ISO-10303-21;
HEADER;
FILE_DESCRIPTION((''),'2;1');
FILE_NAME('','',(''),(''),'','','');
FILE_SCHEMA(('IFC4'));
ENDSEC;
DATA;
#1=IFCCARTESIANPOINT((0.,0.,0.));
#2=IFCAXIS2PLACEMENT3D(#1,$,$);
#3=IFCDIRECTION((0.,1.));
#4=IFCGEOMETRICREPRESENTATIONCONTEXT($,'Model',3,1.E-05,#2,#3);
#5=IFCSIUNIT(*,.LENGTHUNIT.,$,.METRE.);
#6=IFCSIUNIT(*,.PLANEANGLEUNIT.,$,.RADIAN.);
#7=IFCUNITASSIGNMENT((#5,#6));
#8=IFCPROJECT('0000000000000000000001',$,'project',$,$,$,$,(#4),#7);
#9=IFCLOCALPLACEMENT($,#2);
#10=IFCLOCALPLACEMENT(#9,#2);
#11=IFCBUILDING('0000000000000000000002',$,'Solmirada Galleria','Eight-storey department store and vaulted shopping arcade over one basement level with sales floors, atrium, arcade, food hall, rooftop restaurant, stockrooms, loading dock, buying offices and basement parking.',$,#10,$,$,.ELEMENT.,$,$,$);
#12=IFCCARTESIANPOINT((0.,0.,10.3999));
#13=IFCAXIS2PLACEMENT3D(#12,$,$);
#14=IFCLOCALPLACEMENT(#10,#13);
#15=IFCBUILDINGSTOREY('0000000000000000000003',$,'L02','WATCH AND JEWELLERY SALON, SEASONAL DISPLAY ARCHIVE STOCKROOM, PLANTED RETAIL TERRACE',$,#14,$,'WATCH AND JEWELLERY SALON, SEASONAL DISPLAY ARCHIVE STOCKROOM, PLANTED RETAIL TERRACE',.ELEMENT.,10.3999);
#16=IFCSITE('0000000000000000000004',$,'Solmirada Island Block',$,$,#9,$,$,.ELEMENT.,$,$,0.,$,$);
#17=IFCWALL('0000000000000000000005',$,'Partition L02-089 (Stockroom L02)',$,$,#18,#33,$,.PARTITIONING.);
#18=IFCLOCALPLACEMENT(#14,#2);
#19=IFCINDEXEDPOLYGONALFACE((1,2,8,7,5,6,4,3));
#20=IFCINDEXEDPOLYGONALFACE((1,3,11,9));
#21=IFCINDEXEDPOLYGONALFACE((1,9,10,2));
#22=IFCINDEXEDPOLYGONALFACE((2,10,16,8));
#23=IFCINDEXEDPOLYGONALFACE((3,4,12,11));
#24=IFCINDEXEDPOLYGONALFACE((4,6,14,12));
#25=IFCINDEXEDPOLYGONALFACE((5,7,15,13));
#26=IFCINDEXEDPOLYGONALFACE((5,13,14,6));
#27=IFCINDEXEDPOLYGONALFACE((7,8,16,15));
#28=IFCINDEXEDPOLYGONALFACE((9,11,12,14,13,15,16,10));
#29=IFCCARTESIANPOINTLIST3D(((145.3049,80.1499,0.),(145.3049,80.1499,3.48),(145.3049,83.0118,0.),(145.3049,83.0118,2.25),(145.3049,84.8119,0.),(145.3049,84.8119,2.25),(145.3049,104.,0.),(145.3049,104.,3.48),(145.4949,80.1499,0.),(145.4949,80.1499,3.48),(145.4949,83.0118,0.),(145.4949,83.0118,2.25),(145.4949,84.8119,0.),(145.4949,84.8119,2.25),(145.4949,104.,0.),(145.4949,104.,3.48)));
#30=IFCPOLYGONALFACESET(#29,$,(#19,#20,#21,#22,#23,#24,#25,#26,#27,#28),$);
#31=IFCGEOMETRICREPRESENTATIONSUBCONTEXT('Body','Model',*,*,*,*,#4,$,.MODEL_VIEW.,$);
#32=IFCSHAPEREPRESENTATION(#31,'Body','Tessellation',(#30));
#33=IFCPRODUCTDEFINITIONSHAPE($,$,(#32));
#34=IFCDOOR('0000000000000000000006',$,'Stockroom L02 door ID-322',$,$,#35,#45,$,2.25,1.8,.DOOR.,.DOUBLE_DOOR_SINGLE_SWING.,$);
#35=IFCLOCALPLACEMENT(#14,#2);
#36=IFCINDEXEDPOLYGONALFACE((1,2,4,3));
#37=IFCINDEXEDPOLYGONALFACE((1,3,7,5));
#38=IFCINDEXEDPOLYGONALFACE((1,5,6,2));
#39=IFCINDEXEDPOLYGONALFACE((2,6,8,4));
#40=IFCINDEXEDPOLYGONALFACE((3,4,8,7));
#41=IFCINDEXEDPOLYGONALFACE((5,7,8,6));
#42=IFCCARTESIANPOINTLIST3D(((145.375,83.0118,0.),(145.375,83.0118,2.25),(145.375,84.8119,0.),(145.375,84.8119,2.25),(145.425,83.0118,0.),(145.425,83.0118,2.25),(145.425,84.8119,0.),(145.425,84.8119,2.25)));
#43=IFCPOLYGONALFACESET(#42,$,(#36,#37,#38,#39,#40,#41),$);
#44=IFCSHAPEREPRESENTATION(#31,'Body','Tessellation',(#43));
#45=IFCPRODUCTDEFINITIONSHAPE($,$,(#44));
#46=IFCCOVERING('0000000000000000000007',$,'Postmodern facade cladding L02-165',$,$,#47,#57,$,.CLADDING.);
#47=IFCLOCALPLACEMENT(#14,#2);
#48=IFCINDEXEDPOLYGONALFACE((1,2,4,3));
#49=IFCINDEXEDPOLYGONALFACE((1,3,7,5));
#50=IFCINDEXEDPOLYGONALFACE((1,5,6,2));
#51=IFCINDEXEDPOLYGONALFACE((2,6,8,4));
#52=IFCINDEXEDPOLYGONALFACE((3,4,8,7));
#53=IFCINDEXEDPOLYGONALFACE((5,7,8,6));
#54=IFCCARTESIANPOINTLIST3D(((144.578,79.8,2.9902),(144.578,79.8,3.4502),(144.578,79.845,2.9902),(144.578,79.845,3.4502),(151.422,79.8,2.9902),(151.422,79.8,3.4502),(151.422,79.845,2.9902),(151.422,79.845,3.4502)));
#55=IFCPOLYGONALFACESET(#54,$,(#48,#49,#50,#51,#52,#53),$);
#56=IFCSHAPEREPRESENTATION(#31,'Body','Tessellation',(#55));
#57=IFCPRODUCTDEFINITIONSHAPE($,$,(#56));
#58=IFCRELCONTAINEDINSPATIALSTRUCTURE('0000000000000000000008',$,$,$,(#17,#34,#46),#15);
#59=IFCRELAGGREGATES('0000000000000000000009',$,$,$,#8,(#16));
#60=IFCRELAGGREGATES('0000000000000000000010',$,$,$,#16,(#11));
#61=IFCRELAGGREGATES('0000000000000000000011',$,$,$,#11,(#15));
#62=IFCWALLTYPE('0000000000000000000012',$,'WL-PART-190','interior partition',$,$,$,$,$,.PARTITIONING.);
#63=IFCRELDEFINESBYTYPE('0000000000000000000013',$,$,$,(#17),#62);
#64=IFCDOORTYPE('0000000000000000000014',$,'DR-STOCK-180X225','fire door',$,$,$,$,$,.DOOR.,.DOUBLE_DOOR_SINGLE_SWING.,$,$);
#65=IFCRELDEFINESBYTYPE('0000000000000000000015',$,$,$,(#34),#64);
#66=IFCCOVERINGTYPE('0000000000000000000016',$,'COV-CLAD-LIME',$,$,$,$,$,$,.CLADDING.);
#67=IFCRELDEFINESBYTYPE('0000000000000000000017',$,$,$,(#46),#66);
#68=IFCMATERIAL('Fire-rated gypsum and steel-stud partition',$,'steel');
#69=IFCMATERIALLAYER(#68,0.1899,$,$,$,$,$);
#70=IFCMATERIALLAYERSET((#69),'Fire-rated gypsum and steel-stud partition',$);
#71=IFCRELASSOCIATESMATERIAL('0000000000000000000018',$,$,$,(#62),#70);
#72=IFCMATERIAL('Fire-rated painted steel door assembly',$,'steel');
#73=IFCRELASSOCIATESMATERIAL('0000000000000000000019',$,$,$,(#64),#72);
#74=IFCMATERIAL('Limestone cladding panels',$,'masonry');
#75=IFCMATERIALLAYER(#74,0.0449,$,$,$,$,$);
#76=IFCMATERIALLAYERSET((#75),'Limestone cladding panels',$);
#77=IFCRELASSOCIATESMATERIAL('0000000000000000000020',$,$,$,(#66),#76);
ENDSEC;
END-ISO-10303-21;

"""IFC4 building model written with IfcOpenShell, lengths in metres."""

from ifc_helpers import new_model, si_unit, direction, frame, frame_2d, origin, origin_2d, place, context, subcontext, project, spatial, rectangle, extrude, material, layer, layer_set, type_object, element, fill, save


model = new_model("IFC4")

# Units and contexts
model_context = context("Model", 3, precision=1e-05, world=origin(), true_north=direction((0.0, 1.0)))
body_context = subcontext(model_context, "Body", "Model", "MODEL_VIEW")
ifc_project = project(units=[si_unit("LENGTHUNIT", "METRE"), si_unit("PLANEANGLEUNIT", "RADIAN")], contexts=[model_context])

# Site, building, storey
site_placement = place(None, origin())
site = spatial("IfcSite", under=ifc_project, at=site_placement, Name="Solmirada Island Block", CompositionType="ELEMENT", RefElevation=0.0)
building_placement = place(site_placement, origin())
building = spatial("IfcBuilding", under=site, at=building_placement, Name="Solmirada Galleria", Description="Eight-storey department store and vaulted shopping arcade over one basement level with sales floors, atrium, arcade, food hall, rooftop restaurant, stockrooms, loading dock, buying offices and basement parking.", CompositionType="ELEMENT")
storey_placement = place(building_placement, frame((0.0, 0.0, 10.3999)))
storey = spatial("IfcBuildingStorey", under=building, at=storey_placement, Name="L02", Description="WATCH AND JEWELLERY SALON, SEASONAL DISPLAY ARCHIVE STOCKROOM, PLANTED RETAIL TERRACE", LongName="WATCH AND JEWELLERY SALON, SEASONAL DISPLAY ARCHIVE STOCKROOM, PLANTED RETAIL TERRACE", CompositionType="ELEMENT", Elevation=10.3999)

# Wall, opening, door
ifc_material_1 = material(Name="Fire-rated gypsum and steel-stud partition", Category="steel")
ifc_layer_1 = layer(ifc_material_1, 0.1899)
ifc_layer_set_1 = layer_set([ifc_layer_1], Name="Fire-rated gypsum and steel-stud partition")
wall_type_1 = type_object("IfcWallType", Name="WL-PART-190", Description="interior partition", PredefinedType="PARTITIONING", material=ifc_layer_set_1)
wall_1_placement = place(storey_placement, frame((145.3999, 80.1499, 0.0), z_axis=(0.0, 0.0, 1.0), x_axis=(0.0, 1.0, 0.0)))
wall_1 = element("IfcWall", 1, at=wall_1_placement, inside=storey, type_object=wall_type_1, Name="Partition L02-089 (Stockroom L02)", PredefinedType="PARTITIONING", context=body_context, shape_type="SweptSolid", body=[
    extrude(rectangle(XDim=23.8501, YDim=0.1899, at=frame_2d((11.925, 0.0))), origin(), (0.0, 0.0, 1.0), 3.48),
])
opening_1_placement = place(wall_1_placement, frame((2.8621, 0.0, 0.0)))
opening_1 = element("IfcOpeningElement", 2, at=opening_1_placement, cuts=wall_1, PredefinedType="OPENING", context=body_context, shape_type="SweptSolid", body=[
    extrude(rectangle(XDim=1.8, YDim=2.25, at=frame_2d((0.8999, 1.125))), frame((0.0, 0.105, 0.0), z_axis=(0.0, -1.0, 0.0), x_axis=(1.0, 0.0, 0.0)), (0.0, 0.0, 1.0), 0.21),
])
ifc_material_2 = material(Name="Fire-rated painted steel door assembly", Category="steel")
door_type = type_object("IfcDoorType", Name="DR-STOCK-180X225", Description="fire door", OperationType="DOUBLE_DOOR_SINGLE_SWING", PredefinedType="DOOR", material=ifc_material_2)
door_placement = place(opening_1_placement, origin())
door = element("IfcDoor", 3, at=door_placement, inside=storey, type_object=door_type, Name="Stockroom L02 door ID-322", OperationType="DOUBLE_DOOR_SINGLE_SWING", OverallHeight=2.25, OverallWidth=1.8, PredefinedType="DOOR", context=body_context, shape_type="SweptSolid", body=[
    extrude(rectangle(XDim=1.8, YDim=2.25, at=frame_2d((0.8999, 1.125))), frame((0.0, 0.0249, 0.0), z_axis=(0.0, -1.0, 0.0), x_axis=(1.0, 0.0, 0.0)), (0.0, 0.0, 1.0), 0.05),
])
fill(opening_1, door)

# Covering
ifc_material_3 = material(Name="Limestone cladding panels", Category="masonry")
ifc_layer_2 = layer(ifc_material_3, 0.0449)
ifc_layer_set_2 = layer_set([ifc_layer_2], Name="Limestone cladding panels")
covering_type = type_object("IfcCoveringType", Name="COV-CLAD-LIME", PredefinedType="CLADDING", material=ifc_layer_set_2)
covering_placement = place(storey_placement, frame((148.0, 79.8225, 2.9902), z_axis=(0.0, 0.0, 1.0), x_axis=(-1.0, 0.0, 0.0)))
element("IfcCovering", 4, at=covering_placement, inside=storey, type_object=covering_type, Name="Postmodern facade cladding L02-165", PredefinedType="CLADDING", context=body_context, shape_type="SweptSolid", body=[
    extrude(rectangle(XDim=6.844, YDim=0.0449, at=origin_2d()), origin(), (0.0, 0.0, 1.0), 0.46),
])

save(model, "model.ifc")
